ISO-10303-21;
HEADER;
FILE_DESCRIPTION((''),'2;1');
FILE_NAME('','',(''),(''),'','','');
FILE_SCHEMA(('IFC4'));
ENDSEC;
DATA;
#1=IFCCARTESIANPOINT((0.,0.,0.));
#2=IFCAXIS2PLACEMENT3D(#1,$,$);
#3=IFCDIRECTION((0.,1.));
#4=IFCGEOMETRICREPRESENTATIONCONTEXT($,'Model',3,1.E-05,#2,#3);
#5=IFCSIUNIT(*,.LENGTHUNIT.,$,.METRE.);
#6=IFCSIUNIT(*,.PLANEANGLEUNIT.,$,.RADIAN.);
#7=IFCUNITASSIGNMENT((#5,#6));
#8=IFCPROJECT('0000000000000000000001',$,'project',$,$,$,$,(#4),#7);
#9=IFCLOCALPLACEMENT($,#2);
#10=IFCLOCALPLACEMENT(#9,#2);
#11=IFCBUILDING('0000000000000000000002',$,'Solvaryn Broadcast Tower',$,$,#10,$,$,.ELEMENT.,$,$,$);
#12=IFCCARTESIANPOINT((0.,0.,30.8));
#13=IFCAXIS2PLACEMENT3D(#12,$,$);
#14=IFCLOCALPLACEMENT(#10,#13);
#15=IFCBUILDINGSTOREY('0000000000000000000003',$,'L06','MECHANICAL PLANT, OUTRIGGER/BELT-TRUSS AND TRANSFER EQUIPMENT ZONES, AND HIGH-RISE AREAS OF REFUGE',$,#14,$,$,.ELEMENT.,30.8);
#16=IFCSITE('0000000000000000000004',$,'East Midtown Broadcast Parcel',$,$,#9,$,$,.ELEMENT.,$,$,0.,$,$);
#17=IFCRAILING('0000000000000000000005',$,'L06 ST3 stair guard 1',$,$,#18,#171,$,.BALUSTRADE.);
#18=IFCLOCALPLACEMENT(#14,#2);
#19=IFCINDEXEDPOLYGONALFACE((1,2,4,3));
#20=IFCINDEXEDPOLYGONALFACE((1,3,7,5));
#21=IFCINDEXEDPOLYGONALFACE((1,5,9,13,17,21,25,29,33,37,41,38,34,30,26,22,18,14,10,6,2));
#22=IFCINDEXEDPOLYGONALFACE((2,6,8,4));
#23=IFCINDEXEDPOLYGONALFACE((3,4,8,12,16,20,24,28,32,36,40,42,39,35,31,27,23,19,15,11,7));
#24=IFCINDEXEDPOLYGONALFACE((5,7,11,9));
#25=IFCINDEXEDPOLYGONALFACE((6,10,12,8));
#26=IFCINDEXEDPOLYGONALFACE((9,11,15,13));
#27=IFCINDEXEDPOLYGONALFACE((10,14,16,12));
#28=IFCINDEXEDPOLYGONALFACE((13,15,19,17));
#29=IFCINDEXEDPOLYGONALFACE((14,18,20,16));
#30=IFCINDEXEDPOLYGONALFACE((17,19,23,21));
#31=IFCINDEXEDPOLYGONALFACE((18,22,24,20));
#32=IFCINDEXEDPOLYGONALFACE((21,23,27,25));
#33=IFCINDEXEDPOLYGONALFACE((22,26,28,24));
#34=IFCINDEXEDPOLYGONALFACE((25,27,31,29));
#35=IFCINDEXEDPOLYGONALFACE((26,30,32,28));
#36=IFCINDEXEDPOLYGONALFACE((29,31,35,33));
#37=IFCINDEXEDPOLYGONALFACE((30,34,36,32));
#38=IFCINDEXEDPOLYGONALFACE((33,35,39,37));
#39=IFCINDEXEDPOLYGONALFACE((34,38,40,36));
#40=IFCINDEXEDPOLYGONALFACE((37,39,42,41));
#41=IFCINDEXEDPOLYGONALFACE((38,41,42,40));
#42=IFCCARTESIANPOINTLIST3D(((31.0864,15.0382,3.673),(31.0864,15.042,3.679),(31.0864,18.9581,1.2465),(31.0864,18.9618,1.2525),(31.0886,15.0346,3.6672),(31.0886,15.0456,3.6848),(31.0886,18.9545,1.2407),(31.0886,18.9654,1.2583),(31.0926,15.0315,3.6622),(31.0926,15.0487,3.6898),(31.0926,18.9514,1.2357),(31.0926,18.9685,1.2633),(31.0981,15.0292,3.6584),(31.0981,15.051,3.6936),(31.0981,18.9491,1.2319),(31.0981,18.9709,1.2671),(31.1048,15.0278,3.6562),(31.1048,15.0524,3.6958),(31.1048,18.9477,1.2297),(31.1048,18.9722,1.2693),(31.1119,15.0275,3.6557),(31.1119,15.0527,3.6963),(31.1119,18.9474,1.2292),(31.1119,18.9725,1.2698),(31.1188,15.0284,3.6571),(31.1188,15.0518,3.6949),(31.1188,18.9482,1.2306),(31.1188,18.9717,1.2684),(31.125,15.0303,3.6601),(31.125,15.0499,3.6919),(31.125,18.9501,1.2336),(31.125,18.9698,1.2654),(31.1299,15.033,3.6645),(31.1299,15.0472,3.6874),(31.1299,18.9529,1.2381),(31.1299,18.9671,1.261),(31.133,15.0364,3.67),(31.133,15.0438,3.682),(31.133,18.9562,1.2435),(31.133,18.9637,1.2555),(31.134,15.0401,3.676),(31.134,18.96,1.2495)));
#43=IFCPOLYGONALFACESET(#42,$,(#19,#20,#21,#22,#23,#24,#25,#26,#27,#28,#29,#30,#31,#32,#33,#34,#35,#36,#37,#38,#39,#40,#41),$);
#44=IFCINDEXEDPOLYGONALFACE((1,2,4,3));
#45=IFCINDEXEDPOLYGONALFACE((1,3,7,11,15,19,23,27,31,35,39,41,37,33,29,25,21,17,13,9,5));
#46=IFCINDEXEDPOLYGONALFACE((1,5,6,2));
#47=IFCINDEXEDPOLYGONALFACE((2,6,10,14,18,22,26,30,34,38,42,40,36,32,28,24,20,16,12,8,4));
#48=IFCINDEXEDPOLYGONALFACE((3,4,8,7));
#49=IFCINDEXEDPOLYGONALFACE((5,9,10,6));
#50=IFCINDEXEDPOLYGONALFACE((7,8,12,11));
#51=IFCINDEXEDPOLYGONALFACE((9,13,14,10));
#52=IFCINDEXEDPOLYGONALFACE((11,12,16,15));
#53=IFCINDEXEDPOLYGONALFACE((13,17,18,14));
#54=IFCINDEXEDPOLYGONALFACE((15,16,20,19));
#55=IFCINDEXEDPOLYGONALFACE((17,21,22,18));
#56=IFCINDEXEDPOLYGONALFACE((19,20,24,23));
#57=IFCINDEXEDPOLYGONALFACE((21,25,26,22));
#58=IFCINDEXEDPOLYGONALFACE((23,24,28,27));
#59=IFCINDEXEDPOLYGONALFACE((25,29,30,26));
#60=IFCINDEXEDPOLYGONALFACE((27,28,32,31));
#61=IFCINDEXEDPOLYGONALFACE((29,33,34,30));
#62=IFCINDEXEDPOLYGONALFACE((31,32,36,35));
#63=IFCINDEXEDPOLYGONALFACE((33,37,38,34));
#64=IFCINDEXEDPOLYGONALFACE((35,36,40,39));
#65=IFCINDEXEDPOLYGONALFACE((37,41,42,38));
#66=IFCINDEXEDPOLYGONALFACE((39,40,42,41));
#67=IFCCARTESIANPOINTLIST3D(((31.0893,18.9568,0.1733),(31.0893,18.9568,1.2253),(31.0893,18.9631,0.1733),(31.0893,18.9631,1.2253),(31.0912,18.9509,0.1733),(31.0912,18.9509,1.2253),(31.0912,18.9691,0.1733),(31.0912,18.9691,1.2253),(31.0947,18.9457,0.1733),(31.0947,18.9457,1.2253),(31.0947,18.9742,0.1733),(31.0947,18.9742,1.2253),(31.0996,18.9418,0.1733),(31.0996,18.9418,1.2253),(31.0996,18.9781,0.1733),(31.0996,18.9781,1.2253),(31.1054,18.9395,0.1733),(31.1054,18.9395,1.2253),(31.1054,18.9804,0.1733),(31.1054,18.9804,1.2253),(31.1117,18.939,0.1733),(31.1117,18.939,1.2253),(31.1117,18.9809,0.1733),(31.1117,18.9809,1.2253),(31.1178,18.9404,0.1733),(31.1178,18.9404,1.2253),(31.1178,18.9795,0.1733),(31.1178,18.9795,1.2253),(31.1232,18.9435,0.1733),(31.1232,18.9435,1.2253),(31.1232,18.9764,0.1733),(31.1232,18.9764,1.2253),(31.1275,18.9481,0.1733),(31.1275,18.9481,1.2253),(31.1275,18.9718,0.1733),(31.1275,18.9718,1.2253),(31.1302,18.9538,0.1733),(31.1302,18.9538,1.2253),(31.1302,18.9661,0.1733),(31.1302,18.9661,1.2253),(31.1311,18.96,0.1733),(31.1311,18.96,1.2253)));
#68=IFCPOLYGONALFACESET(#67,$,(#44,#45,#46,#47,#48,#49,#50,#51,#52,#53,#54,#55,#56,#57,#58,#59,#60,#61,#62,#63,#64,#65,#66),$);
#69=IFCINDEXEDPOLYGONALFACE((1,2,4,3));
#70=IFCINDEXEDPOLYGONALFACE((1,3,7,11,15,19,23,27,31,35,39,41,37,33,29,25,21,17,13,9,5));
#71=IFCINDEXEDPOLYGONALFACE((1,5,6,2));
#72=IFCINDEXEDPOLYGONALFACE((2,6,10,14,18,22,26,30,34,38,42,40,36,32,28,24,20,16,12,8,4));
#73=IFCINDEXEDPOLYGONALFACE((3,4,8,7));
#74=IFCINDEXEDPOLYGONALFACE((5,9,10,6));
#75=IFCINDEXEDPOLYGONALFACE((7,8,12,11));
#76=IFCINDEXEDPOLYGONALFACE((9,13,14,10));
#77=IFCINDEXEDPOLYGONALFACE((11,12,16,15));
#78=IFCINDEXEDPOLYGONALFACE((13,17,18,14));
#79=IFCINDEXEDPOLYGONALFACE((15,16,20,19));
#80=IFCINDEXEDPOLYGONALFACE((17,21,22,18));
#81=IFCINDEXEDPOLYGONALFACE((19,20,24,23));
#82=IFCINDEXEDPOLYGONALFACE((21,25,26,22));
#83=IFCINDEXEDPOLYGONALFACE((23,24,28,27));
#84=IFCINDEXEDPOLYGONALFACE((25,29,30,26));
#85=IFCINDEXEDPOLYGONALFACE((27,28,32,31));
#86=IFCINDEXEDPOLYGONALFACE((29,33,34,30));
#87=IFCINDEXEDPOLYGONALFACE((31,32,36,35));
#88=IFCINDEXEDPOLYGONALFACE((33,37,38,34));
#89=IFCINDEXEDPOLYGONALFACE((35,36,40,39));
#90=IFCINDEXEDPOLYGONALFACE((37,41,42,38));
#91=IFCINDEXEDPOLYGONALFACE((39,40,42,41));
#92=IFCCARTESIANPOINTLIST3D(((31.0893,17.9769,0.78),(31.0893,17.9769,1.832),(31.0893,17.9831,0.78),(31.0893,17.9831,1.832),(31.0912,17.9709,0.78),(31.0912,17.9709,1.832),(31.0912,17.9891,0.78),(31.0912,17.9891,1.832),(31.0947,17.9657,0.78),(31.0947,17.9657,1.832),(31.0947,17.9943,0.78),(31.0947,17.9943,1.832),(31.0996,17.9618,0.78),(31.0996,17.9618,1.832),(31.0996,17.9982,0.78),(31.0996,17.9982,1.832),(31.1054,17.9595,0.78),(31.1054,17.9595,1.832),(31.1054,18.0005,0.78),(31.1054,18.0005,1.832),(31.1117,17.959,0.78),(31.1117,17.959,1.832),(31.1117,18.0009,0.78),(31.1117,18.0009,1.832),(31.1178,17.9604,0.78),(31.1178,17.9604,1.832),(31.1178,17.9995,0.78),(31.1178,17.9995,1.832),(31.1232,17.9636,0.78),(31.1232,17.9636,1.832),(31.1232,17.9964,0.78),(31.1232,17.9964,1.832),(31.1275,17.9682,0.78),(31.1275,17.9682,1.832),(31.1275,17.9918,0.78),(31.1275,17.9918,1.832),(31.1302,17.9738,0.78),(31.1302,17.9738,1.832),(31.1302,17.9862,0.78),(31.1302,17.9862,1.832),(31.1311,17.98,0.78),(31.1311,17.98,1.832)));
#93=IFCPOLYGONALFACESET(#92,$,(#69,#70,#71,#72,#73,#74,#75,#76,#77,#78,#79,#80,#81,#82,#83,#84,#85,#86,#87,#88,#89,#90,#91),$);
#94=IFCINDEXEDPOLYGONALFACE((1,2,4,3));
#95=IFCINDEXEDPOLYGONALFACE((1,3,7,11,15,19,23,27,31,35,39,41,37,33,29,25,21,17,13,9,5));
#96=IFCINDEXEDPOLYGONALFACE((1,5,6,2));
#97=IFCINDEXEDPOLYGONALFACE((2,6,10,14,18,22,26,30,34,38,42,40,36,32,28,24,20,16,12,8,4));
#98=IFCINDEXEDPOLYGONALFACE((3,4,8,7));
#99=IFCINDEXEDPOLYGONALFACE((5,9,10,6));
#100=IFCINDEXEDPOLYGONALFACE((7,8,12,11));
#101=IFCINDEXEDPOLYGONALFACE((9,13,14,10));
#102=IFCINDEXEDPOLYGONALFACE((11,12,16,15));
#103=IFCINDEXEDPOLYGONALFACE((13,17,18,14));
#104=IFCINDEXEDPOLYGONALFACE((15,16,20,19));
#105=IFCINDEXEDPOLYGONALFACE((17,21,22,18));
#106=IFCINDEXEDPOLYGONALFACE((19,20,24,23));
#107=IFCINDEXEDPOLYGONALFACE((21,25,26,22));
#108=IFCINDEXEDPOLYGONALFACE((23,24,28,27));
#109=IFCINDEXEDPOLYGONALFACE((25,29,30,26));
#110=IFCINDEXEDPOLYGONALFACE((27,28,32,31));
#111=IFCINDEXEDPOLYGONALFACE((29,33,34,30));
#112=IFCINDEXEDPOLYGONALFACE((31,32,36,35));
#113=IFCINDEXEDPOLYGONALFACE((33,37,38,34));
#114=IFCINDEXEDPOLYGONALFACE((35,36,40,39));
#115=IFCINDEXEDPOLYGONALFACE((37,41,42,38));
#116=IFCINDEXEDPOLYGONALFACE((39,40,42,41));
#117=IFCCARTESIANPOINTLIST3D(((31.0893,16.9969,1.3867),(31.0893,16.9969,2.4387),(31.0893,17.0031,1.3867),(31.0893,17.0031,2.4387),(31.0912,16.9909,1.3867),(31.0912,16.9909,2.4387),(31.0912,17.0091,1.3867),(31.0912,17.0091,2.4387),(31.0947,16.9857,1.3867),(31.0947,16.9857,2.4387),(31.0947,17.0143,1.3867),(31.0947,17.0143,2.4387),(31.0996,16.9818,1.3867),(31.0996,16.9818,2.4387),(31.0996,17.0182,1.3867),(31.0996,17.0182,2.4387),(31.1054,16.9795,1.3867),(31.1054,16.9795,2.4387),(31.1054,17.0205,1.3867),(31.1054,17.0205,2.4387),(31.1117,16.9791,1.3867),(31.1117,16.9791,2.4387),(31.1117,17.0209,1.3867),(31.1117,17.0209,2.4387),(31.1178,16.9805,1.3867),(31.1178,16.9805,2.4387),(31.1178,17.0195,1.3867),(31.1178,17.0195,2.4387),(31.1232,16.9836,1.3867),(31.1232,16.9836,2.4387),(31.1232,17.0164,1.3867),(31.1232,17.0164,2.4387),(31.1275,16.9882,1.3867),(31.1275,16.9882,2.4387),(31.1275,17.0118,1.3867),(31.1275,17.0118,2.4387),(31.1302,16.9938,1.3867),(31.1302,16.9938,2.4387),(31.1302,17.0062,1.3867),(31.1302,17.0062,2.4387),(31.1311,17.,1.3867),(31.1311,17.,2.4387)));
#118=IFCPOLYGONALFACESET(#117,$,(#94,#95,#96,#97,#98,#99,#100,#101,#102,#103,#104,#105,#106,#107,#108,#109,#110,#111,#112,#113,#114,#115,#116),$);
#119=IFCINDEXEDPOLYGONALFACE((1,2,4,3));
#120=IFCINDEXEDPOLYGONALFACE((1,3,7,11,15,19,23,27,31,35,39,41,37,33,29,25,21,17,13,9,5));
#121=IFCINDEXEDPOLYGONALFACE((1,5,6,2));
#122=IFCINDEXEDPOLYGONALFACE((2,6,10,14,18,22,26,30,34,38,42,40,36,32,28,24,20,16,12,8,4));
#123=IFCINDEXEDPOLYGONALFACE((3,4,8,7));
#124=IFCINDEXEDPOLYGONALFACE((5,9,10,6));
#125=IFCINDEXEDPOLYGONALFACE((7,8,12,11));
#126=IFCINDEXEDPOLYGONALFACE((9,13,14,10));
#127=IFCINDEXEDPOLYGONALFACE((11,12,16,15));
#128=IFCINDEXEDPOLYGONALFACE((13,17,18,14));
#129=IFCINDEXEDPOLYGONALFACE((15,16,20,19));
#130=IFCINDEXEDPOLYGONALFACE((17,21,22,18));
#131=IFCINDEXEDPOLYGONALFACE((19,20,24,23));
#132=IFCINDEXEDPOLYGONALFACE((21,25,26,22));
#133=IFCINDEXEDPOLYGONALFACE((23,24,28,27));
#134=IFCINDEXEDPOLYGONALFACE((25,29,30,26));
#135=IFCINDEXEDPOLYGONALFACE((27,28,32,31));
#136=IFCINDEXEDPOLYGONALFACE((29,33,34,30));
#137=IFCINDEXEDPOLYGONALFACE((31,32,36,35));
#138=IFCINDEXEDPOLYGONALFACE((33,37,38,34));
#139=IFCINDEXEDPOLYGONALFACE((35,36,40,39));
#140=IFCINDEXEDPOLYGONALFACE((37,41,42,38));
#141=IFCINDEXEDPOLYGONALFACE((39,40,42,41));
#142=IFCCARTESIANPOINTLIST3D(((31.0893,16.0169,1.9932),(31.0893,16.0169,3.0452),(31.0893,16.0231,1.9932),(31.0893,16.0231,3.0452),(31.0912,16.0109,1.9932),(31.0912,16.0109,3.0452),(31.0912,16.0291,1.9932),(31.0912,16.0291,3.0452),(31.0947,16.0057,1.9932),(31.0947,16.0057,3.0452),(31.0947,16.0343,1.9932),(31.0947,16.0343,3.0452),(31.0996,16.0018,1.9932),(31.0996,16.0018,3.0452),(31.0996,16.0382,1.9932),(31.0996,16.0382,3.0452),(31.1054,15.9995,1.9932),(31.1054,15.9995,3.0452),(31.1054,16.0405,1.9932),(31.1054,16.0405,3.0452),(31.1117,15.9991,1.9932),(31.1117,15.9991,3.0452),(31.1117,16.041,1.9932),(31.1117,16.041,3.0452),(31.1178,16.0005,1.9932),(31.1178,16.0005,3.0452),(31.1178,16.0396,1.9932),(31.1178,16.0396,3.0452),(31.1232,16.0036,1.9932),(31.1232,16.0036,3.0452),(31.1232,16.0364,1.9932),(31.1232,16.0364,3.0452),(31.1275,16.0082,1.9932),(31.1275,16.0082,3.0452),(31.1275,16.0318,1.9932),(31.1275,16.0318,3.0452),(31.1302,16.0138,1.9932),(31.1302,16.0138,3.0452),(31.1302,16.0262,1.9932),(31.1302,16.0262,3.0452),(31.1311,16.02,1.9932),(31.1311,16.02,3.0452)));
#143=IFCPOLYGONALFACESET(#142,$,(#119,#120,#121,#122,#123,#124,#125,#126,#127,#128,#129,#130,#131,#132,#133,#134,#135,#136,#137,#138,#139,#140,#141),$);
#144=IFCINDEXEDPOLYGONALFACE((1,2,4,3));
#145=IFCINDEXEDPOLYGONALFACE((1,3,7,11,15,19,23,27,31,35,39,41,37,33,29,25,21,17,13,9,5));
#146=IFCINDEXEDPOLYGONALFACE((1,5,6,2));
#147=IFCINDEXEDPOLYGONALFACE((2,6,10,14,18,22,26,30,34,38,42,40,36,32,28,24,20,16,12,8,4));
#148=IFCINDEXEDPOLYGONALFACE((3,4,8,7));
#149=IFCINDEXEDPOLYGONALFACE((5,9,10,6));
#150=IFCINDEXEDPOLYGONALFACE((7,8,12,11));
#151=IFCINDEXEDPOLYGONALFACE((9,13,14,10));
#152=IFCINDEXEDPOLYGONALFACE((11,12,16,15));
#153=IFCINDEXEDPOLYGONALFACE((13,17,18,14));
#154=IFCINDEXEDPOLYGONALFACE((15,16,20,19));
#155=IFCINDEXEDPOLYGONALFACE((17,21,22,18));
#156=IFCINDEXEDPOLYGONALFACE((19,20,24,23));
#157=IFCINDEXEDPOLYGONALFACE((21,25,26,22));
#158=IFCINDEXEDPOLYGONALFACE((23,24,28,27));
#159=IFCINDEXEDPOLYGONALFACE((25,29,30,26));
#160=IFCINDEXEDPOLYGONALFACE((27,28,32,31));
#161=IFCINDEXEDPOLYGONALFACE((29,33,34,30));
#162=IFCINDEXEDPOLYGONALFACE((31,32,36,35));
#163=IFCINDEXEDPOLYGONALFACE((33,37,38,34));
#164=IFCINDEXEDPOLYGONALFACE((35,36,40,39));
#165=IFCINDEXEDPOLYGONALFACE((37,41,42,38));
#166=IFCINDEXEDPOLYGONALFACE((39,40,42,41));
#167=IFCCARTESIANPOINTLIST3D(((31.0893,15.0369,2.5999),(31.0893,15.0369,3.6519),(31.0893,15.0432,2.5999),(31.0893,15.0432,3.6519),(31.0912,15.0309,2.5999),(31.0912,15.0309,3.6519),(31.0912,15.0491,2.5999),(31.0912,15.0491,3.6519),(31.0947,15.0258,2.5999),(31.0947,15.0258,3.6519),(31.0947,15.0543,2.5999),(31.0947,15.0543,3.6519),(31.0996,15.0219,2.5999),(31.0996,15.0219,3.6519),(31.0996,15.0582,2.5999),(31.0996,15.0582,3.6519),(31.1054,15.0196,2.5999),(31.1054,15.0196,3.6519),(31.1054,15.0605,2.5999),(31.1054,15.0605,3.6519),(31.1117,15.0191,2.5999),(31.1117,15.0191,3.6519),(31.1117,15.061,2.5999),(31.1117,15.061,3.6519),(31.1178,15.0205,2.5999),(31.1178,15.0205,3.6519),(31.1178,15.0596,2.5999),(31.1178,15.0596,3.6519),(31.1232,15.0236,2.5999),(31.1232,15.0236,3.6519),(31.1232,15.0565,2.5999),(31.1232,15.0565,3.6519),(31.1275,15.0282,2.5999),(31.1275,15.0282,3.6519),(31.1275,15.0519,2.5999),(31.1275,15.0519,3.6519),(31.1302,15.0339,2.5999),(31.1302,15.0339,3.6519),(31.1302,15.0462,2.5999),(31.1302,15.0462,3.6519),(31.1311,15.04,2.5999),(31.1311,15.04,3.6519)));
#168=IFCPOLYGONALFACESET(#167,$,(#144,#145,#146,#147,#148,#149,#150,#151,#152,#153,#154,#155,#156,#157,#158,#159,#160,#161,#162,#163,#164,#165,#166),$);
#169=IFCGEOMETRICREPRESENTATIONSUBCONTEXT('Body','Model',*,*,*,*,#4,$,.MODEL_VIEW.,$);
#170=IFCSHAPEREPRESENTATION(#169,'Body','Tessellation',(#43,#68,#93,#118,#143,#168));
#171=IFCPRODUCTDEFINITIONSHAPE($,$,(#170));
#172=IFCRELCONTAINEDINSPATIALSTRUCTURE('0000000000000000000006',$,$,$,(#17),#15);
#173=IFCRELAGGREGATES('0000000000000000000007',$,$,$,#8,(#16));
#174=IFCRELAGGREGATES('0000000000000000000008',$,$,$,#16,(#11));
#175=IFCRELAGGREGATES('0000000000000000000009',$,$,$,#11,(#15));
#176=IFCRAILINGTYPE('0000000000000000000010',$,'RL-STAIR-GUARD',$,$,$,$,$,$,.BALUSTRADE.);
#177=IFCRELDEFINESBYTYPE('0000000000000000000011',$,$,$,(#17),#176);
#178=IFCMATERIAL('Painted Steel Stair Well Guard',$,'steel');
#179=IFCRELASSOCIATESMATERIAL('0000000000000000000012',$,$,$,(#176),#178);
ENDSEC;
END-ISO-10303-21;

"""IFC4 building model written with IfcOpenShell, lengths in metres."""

from ifc_helpers import new_model, si_unit, direction, frame, origin, origin_2d, place, context, subcontext, project, spatial, circle, extrude, material, type_object, element, save


model = new_model("IFC4")

# Units and contexts
model_context = context("Model", 3, precision=1e-05, world=origin(), true_north=direction((0.0, 1.0)))
body_context = subcontext(model_context, "Body", "Model", "MODEL_VIEW")
ifc_project = project(units=[si_unit("LENGTHUNIT", "METRE"), si_unit("PLANEANGLEUNIT", "RADIAN")], contexts=[model_context])

# Site, building, storey
site_placement = place(None, origin())
site = spatial("IfcSite", under=ifc_project, at=site_placement, Name="East Midtown Broadcast Parcel", CompositionType="ELEMENT", RefElevation=0.0)
building_placement = place(site_placement, origin())
building = spatial("IfcBuilding", under=site, at=building_placement, Name="Solvaryn Broadcast Tower", CompositionType="ELEMENT")
storey_placement = place(building_placement, frame((0.0, 0.0, 30.8)))
storey = spatial("IfcBuildingStorey", under=building, at=storey_placement, Name="L06", Description="MECHANICAL PLANT, OUTRIGGER/BELT-TRUSS AND TRANSFER EQUIPMENT ZONES, AND HIGH-RISE AREAS OF REFUGE", CompositionType="ELEMENT", Elevation=30.8)

# Railing
ifc_material_1 = material(Name="Painted Steel Stair Well Guard", Category="steel")
railing_type_1 = type_object("IfcRailingType", Name="RL-STAIR-GUARD", PredefinedType="BALUSTRADE", material=ifc_material_1)
railing_1_placement = place(storey_placement, frame((31.1101, 18.96, 0.1733)))
element("IfcRailing", 1, at=railing_1_placement, inside=storey, type_object=railing_type_1, Name="L06 ST3 stair guard 1", PredefinedType="BALUSTRADE", context=body_context, shape_type="SweptSolid", body=[
    extrude(circle(Radius=0.0239, at=origin_2d()), frame((0.0, 0.0, 1.0762), z_axis=(0.0, -0.850275, 0.526338), x_axis=(1.0, 0.0, 0.0)), (0.0, 0.0, 1.0), 4.6101),
    extrude(circle(Radius=0.021, at=origin_2d()), origin(), (0.0, 0.0, 1.0), 1.052),
    extrude(circle(Radius=0.021, at=origin_2d()), frame((0.0, -0.98, 0.6067)), (0.0, 0.0, 1.0), 1.052),
    extrude(circle(Radius=0.021, at=origin_2d()), frame((0.0, -1.96, 1.2134)), (0.0, 0.0, 1.0), 1.052),
    extrude(circle(Radius=0.021, at=origin_2d()), frame((0.0, -2.9399, 1.8198)), (0.0, 0.0, 1.0), 1.052),
    extrude(circle(Radius=0.021, at=origin_2d()), frame((0.0, -3.9199, 2.4265)), (0.0, 0.0, 1.0), 1.052),
])

save(model, "model.ifc")
